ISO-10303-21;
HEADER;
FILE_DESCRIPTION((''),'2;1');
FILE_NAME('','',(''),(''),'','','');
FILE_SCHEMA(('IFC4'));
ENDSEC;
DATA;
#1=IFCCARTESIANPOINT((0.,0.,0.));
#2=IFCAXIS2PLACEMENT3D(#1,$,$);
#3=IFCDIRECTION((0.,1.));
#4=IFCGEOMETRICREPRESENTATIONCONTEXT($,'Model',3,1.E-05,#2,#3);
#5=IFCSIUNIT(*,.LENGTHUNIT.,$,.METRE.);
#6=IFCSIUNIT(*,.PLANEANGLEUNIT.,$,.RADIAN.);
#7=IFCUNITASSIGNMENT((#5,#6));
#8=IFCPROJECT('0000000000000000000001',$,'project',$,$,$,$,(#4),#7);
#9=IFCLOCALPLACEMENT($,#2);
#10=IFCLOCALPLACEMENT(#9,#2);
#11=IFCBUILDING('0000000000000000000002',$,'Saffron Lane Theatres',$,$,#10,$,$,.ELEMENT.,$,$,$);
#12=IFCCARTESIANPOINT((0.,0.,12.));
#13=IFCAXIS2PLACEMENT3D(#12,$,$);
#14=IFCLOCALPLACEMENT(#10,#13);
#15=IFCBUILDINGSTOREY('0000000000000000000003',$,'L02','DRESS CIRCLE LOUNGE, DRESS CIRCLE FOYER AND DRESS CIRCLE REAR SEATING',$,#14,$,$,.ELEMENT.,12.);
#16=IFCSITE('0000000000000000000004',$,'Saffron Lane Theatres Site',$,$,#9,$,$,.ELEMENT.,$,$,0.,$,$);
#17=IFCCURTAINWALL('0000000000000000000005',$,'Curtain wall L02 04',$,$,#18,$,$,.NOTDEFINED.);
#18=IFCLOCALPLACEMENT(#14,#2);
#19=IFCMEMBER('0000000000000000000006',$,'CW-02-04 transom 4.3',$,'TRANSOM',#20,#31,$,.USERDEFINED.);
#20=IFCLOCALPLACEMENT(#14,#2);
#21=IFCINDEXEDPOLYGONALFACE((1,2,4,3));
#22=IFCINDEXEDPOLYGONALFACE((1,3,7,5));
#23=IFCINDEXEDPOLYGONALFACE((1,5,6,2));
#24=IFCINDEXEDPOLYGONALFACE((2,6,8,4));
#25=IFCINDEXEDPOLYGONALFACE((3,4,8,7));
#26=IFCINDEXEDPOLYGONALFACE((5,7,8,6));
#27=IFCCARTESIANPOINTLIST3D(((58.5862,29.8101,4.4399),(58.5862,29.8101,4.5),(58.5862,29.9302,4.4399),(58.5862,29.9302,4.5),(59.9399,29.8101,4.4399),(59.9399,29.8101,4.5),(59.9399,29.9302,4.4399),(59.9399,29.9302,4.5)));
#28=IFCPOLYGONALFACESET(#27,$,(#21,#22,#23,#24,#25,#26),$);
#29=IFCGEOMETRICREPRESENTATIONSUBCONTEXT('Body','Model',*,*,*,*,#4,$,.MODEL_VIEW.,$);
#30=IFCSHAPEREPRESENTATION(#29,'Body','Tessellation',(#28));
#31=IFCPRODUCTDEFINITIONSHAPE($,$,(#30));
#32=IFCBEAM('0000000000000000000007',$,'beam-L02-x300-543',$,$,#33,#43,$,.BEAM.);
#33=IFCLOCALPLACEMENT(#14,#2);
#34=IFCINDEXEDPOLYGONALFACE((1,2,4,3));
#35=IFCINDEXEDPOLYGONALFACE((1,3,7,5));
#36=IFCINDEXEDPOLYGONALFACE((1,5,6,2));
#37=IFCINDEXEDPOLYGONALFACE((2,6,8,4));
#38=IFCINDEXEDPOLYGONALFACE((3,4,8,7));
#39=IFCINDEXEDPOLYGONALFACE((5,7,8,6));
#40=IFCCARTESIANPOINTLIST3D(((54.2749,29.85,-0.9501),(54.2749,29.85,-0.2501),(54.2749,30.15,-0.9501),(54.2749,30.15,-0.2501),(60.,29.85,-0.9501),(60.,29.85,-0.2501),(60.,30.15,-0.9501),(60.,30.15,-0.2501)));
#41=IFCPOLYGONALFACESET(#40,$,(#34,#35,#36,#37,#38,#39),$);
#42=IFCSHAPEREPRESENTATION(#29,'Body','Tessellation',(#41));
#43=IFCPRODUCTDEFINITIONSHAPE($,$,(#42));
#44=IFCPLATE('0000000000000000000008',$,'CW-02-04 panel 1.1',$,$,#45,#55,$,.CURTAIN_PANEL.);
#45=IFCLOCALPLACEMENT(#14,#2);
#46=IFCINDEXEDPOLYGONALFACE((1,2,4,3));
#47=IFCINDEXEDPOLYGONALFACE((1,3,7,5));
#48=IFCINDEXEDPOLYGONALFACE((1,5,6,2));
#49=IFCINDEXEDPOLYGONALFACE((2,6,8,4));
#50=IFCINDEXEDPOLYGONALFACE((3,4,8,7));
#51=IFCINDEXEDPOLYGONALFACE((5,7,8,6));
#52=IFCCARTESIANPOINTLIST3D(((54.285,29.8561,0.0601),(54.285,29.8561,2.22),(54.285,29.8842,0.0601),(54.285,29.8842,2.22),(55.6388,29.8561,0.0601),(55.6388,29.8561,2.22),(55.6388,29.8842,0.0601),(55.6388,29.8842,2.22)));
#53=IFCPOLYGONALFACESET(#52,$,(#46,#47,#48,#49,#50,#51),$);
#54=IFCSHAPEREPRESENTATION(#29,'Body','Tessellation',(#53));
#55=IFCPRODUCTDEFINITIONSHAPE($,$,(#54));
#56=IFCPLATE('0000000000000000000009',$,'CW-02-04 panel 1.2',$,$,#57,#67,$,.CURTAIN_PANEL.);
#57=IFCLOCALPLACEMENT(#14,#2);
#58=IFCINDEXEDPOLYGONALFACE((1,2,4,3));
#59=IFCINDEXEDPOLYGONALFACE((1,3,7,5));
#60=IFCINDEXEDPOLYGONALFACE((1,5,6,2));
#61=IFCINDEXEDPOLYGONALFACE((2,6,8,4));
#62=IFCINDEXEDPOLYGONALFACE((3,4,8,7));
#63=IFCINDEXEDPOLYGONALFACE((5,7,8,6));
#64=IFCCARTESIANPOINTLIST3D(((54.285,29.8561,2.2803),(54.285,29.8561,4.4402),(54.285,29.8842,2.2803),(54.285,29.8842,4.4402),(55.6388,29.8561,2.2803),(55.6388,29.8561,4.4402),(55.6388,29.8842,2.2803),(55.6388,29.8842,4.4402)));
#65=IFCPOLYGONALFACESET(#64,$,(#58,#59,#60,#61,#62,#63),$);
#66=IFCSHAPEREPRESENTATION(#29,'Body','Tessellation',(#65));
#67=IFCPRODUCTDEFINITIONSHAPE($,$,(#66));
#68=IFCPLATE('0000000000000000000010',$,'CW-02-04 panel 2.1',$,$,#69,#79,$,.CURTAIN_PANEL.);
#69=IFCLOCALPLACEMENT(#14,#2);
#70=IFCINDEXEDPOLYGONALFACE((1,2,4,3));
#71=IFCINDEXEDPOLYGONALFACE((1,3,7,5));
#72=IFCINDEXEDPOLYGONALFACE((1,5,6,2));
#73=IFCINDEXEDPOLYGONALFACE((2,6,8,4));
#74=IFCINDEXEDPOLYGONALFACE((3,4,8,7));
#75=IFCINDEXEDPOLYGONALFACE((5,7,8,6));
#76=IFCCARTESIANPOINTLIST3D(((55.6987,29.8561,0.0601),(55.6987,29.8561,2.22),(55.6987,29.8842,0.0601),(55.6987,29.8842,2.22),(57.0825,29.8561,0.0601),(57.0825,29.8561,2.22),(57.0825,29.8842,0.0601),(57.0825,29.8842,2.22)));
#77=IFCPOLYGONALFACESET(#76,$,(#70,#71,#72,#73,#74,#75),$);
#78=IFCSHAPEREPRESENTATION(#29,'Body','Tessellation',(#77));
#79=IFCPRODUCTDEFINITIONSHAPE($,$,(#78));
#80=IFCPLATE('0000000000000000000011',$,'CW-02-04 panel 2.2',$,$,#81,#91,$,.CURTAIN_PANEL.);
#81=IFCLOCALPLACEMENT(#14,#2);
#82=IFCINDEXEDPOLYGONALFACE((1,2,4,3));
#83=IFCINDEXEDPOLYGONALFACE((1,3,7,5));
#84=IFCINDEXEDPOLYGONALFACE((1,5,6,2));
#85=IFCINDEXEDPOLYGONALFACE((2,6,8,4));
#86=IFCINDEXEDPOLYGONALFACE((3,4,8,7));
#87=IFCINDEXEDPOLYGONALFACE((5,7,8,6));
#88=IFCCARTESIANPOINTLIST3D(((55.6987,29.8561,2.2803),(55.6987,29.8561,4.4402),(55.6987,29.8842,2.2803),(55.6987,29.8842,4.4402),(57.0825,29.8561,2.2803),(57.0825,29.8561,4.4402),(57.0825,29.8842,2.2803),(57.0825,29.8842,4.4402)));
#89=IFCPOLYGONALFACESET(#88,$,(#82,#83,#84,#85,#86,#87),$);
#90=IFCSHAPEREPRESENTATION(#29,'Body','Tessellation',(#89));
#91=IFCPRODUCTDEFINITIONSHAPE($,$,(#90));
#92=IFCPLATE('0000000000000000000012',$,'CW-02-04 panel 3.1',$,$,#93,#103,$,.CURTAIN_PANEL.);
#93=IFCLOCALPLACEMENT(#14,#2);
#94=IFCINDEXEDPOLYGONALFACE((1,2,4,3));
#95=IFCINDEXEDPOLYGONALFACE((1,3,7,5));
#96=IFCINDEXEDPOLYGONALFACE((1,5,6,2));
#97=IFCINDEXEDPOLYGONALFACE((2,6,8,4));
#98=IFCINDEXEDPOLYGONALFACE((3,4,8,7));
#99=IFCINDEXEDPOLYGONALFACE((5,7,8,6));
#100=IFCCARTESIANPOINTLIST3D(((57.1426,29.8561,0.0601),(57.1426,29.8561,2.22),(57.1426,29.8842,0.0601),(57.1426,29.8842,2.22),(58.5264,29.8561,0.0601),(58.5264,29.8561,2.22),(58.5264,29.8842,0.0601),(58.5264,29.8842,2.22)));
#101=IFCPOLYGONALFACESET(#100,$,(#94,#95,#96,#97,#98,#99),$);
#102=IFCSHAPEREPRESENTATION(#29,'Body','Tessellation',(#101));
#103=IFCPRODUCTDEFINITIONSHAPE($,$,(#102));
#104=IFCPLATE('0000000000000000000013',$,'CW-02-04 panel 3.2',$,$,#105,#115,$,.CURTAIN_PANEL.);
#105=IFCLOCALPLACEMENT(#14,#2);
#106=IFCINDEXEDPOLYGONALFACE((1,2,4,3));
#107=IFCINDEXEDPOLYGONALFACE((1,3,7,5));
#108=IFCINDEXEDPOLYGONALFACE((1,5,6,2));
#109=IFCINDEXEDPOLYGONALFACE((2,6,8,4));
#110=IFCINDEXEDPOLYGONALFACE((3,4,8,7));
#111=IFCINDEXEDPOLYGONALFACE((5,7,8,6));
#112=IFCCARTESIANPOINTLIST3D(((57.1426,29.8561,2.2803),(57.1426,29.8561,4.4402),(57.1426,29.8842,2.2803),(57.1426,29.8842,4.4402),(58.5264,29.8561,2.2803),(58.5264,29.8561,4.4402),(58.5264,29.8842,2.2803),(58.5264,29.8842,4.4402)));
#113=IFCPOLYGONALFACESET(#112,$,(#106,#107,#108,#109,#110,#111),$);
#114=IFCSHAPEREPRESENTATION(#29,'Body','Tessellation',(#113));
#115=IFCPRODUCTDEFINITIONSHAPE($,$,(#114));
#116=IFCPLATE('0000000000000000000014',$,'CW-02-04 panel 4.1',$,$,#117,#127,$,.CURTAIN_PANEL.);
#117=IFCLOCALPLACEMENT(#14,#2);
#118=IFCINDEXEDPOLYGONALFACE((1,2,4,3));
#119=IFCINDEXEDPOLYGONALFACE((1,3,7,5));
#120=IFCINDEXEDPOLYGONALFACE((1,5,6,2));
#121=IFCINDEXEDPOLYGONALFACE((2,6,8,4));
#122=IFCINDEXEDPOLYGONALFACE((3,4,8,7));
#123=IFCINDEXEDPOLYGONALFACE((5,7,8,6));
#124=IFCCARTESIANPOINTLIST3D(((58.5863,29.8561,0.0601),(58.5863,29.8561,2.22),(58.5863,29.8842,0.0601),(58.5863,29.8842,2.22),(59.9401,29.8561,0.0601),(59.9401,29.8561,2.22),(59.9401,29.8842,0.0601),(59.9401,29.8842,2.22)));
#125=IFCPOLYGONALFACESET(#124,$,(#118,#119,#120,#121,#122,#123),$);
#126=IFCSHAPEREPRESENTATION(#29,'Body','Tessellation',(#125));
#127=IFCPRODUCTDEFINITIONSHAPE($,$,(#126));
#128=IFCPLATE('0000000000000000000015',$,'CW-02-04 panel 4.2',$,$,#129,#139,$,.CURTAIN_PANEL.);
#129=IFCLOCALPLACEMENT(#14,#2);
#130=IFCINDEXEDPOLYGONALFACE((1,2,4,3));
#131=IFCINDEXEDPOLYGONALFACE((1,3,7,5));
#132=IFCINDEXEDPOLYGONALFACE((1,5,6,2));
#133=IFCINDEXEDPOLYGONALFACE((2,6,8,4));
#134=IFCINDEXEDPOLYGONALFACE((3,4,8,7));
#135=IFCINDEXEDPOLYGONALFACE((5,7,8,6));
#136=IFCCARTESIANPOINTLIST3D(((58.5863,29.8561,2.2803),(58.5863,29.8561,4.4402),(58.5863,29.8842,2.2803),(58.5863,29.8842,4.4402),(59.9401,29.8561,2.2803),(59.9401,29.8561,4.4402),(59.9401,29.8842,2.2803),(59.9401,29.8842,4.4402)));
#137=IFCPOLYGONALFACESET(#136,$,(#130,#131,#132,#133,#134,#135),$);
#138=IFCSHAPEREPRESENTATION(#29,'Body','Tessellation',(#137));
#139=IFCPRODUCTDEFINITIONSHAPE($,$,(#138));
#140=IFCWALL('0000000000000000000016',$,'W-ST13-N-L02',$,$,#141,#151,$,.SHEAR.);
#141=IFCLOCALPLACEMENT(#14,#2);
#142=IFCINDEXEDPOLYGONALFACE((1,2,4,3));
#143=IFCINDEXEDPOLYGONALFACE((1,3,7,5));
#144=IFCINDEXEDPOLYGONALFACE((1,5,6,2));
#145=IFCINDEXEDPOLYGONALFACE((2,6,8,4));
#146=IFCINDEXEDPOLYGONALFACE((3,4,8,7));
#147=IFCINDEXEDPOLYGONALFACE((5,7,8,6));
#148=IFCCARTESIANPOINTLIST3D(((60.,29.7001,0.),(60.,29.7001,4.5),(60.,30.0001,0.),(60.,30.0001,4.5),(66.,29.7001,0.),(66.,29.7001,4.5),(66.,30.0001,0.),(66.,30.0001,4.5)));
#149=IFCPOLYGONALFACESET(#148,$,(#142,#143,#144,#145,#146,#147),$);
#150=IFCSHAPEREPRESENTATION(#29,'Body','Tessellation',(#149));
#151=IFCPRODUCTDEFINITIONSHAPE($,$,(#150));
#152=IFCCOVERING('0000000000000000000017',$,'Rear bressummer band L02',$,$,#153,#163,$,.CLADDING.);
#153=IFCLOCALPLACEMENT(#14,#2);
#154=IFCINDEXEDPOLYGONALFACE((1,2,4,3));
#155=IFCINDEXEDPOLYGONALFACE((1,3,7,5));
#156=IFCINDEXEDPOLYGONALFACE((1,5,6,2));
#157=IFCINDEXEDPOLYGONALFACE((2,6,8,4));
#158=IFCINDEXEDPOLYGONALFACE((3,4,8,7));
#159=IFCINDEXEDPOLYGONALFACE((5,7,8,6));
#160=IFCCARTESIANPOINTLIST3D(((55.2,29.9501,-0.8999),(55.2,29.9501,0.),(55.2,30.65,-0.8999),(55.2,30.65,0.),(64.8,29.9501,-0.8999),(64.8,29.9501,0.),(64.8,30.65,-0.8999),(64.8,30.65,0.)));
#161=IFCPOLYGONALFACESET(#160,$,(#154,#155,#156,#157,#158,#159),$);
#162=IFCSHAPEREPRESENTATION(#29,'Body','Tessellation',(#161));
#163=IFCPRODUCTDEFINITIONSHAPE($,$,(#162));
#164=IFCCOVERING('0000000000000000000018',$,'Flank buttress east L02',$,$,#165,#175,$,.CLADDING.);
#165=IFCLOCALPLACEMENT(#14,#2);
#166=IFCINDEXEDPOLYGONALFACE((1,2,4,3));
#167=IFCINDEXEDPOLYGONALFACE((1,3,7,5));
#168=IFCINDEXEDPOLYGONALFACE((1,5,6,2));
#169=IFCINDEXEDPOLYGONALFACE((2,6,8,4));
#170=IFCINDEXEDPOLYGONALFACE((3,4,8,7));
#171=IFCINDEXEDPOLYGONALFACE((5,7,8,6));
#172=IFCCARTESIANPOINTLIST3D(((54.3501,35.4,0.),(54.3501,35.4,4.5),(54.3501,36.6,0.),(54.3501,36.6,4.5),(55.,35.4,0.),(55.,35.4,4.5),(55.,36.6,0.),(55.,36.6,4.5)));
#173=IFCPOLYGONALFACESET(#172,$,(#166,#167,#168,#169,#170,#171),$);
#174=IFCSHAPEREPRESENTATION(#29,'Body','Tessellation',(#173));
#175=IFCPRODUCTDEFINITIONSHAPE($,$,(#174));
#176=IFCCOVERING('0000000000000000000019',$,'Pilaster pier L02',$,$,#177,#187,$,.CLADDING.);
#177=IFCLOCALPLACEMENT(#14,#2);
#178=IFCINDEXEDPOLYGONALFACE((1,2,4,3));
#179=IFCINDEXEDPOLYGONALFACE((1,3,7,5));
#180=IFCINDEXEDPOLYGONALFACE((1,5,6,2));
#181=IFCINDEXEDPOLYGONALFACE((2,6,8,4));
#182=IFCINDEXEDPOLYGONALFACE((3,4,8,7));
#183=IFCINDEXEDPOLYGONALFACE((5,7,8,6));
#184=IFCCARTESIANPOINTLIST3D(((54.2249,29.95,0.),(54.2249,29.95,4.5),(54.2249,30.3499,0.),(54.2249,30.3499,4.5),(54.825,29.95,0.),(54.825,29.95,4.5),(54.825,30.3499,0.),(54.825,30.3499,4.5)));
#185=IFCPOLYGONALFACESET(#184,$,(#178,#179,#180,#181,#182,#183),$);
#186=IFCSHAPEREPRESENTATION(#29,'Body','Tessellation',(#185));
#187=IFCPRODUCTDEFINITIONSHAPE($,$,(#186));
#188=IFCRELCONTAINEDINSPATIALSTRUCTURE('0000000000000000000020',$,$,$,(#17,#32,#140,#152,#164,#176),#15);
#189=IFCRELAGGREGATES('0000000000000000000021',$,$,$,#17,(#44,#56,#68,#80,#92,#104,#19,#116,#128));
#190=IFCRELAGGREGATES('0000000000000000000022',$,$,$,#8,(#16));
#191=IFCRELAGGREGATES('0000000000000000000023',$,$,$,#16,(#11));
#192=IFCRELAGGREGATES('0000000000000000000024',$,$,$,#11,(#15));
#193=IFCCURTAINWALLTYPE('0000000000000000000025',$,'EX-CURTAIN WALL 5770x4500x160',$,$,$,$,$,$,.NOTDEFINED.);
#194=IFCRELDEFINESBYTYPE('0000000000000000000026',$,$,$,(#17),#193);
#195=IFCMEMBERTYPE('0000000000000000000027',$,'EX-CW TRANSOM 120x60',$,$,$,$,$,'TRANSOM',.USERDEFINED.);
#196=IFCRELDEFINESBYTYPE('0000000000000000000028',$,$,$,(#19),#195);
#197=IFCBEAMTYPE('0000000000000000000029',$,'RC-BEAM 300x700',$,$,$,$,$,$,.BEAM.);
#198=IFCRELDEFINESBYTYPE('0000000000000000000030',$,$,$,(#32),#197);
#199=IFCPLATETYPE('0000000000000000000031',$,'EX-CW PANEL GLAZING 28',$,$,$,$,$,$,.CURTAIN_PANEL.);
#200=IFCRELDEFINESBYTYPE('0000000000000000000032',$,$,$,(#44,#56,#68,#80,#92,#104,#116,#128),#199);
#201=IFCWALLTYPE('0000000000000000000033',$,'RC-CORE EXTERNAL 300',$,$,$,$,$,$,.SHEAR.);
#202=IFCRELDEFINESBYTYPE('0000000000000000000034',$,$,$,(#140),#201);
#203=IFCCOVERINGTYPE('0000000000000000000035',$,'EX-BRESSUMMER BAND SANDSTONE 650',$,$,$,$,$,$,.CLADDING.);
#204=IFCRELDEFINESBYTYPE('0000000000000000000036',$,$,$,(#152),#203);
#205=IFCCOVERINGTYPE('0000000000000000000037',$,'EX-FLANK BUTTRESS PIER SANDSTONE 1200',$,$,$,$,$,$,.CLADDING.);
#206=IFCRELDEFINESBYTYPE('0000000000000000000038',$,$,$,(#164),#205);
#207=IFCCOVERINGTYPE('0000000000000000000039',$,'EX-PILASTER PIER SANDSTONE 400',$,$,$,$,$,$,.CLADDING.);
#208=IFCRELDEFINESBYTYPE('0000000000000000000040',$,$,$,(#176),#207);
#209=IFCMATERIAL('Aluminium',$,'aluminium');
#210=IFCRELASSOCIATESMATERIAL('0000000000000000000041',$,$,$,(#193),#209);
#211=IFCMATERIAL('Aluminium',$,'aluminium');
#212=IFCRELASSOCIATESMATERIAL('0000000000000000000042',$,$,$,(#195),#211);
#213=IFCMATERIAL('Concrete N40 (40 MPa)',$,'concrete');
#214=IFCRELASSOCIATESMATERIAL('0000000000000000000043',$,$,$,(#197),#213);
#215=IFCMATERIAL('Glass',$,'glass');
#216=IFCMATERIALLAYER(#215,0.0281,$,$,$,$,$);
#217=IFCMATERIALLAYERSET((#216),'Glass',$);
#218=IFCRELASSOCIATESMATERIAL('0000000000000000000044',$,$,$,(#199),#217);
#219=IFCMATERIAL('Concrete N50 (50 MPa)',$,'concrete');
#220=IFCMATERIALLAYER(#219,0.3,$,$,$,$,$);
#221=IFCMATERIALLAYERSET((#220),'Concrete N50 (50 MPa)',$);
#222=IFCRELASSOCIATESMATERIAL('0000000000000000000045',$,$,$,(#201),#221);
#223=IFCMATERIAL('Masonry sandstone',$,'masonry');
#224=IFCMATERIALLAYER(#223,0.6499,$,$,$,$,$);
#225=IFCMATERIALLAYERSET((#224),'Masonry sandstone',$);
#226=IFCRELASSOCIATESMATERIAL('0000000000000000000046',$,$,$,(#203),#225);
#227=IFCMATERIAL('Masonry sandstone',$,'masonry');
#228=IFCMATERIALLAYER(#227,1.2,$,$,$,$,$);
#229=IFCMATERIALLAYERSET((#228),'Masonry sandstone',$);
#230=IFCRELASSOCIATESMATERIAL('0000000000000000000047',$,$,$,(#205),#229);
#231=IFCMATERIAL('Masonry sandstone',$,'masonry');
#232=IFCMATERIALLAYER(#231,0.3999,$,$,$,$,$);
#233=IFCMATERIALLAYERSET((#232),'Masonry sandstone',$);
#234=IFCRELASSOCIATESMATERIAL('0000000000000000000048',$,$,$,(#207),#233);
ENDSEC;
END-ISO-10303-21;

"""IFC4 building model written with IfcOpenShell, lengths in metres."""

from ifc_helpers import new_model, si_unit, direction, frame, frame_2d, origin, origin_2d, place, context, subcontext, project, spatial, rectangle, extrude, material, layer, layer_set, material_profile, profile_set, type_object, element, aggregate, save


model = new_model("IFC4")

# Units and contexts
model_context = context("Model", 3, precision=1e-05, world=origin(), true_north=direction((0.0, 1.0)))
body_context = subcontext(model_context, "Body", "Model", "MODEL_VIEW")
ifc_project = project(units=[si_unit("LENGTHUNIT", "METRE"), si_unit("PLANEANGLEUNIT", "RADIAN")], contexts=[model_context])

# Site, building, storey
site_placement = place(None, origin())
site = spatial("IfcSite", under=ifc_project, at=site_placement, Name="Saffron Lane Theatres Site", CompositionType="ELEMENT", RefElevation=0.0)
building_placement = place(site_placement, origin())
building = spatial("IfcBuilding", under=site, at=building_placement, Name="Saffron Lane Theatres", CompositionType="ELEMENT")
storey_placement = place(building_placement, frame((0.0, 0.0, 12.0)))
storey = spatial("IfcBuildingStorey", under=building, at=storey_placement, Name="L02", Description="DRESS CIRCLE LOUNGE, DRESS CIRCLE FOYER AND DRESS CIRCLE REAR SEATING", CompositionType="ELEMENT", Elevation=12.0)

# Curtain wall, member
ifc_material_1 = material(Name="Aluminium", Category="aluminium")
curtain_wall_type = type_object("IfcCurtainWallType", Name="EX-CURTAIN WALL 5770x4500x160", PredefinedType="NOTDEFINED", material=ifc_material_1)
curtain_wall_placement = place(storey_placement, origin())
curtain_wall = element("IfcCurtainWall", 1, at=curtain_wall_placement, inside=storey, type_object=curtain_wall_type, Name="Curtain wall L02 04", PredefinedType="NOTDEFINED")
ifc_material_2 = material(Name="Aluminium", Category="aluminium")
ifc_material_profile_1 = material_profile(ifc_material_2, rectangle(XDim=0.1201, YDim=0.0601, at=origin_2d()))
ifc_profile_set_1 = profile_set([ifc_material_profile_1], Name="Aluminium")
member_type_1 = type_object("IfcMemberType", Name="EX-CW TRANSOM 120x60", ElementType="TRANSOM", PredefinedType="USERDEFINED", material=ifc_profile_set_1)
member_1_placement = place(storey_placement, frame((58.5862, 29.8701, 4.47), z_axis=(1.0, 0.0, 0.0), x_axis=(0.0, 1.0, 0.0)))
member_1 = element("IfcMember", 2, at=member_1_placement, type_object=member_type_1, Name="CW-02-04 transom 4.3", ObjectType="TRANSOM", PredefinedType="USERDEFINED", context=body_context, shape_type="SweptSolid", body=[
    extrude(rectangle(XDim=0.1201, YDim=0.0601, at=origin_2d()), origin(), (0.0, 0.0, 1.0), 1.3538),
])

# Beam
ifc_material_3 = material(Name="Concrete N40 (40 MPa)", Category="concrete")
ifc_material_profile_2 = material_profile(ifc_material_3, rectangle(XDim=0.3, YDim=0.7, at=origin_2d()))
ifc_profile_set_2 = profile_set([ifc_material_profile_2], Name="Concrete N40 (40 MPa)")
beam_type = type_object("IfcBeamType", Name="RC-BEAM 300x700", PredefinedType="BEAM", material=ifc_profile_set_2)
beam_placement = place(storey_placement, frame((54.2749, 30.0, -0.6001), z_axis=(1.0, 0.0, 0.0), x_axis=(0.0, 1.0, 0.0)))
element("IfcBeam", 3, at=beam_placement, inside=storey, type_object=beam_type, Name="beam-L02-x300-543", PredefinedType="BEAM", context=body_context, shape_type="SweptSolid", body=[
    extrude(rectangle(XDim=0.3, YDim=0.7, at=origin_2d()), origin(), (0.0, 0.0, 1.0), 5.7251),
])

# Plates
ifc_material_4 = material(Name="Glass", Category="glass")
ifc_layer_1 = layer(ifc_material_4, 0.0281)
ifc_layer_set_1 = layer_set([ifc_layer_1], Name="Glass")
plate_type = type_object("IfcPlateType", Name="EX-CW PANEL GLAZING 28", PredefinedType="CURTAIN_PANEL", material=ifc_layer_set_1)
plate_1_placement = place(storey_placement, frame((54.9619, 29.8701, 0.0601), z_axis=(0.0, 0.0, 1.0), x_axis=(1.0, 0.0, 0.0)))
plate_1 = element("IfcPlate", 4, at=plate_1_placement, type_object=plate_type, Name="CW-02-04 panel 1.1", PredefinedType="CURTAIN_PANEL", context=body_context, shape_type="SweptSolid", body=[
    extrude(rectangle(XDim=1.3538, YDim=0.0281, at=origin_2d()), origin(), (0.0, 0.0, 1.0), 2.1599),
])
plate_2_placement = place(storey_placement, frame((54.9619, 29.8701, 2.2803), z_axis=(0.0, 0.0, 1.0), x_axis=(1.0, 0.0, 0.0)))
plate_2 = element("IfcPlate", 5, at=plate_2_placement, type_object=plate_type, Name="CW-02-04 panel 1.2", PredefinedType="CURTAIN_PANEL", context=body_context, shape_type="SweptSolid", body=[
    extrude(rectangle(XDim=1.3538, YDim=0.0281, at=origin_2d()), origin(), (0.0, 0.0, 1.0), 2.1599),
])
plate_3_placement = place(storey_placement, frame((56.3906, 29.8701, 0.0601), z_axis=(0.0, 0.0, 1.0), x_axis=(1.0, 0.0, 0.0)))
plate_3 = element("IfcPlate", 6, at=plate_3_placement, type_object=plate_type, Name="CW-02-04 panel 2.1", PredefinedType="CURTAIN_PANEL", context=body_context, shape_type="SweptSolid", body=[
    extrude(rectangle(XDim=1.3838, YDim=0.0281, at=origin_2d()), origin(), (0.0, 0.0, 1.0), 2.1599),
])
plate_4_placement = place(storey_placement, frame((56.3906, 29.8701, 2.2803), z_axis=(0.0, 0.0, 1.0), x_axis=(1.0, 0.0, 0.0)))
plate_4 = element("IfcPlate", 7, at=plate_4_placement, type_object=plate_type, Name="CW-02-04 panel 2.2", PredefinedType="CURTAIN_PANEL", context=body_context, shape_type="SweptSolid", body=[
    extrude(rectangle(XDim=1.3838, YDim=0.0281, at=origin_2d()), origin(), (0.0, 0.0, 1.0), 2.1599),
])
plate_5_placement = place(storey_placement, frame((57.8345, 29.8701, 0.0601), z_axis=(0.0, 0.0, 1.0), x_axis=(1.0, 0.0, 0.0)))
plate_5 = element("IfcPlate", 8, at=plate_5_placement, type_object=plate_type, Name="CW-02-04 panel 3.1", PredefinedType="CURTAIN_PANEL", context=body_context, shape_type="SweptSolid", body=[
    extrude(rectangle(XDim=1.3838, YDim=0.0281, at=origin_2d()), origin(), (0.0, 0.0, 1.0), 2.1599),
])
plate_6_placement = place(storey_placement, frame((57.8345, 29.8701, 2.2803), z_axis=(0.0, 0.0, 1.0), x_axis=(1.0, 0.0, 0.0)))
plate_6 = element("IfcPlate", 9, at=plate_6_placement, type_object=plate_type, Name="CW-02-04 panel 3.2", PredefinedType="CURTAIN_PANEL", context=body_context, shape_type="SweptSolid", body=[
    extrude(rectangle(XDim=1.3838, YDim=0.0281, at=origin_2d()), origin(), (0.0, 0.0, 1.0), 2.1599),
])
plate_7_placement = place(storey_placement, frame((59.2632, 29.8701, 0.0601), z_axis=(0.0, 0.0, 1.0), x_axis=(1.0, 0.0, 0.0)))
plate_7 = element("IfcPlate", 10, at=plate_7_placement, type_object=plate_type, Name="CW-02-04 panel 4.1", PredefinedType="CURTAIN_PANEL", context=body_context, shape_type="SweptSolid", body=[
    extrude(rectangle(XDim=1.3538, YDim=0.0281, at=origin_2d()), origin(), (0.0, 0.0, 1.0), 2.1599),
])
plate_8_placement = place(storey_placement, frame((59.2632, 29.8701, 2.2803), z_axis=(0.0, 0.0, 1.0), x_axis=(1.0, 0.0, 0.0)))
plate_8 = element("IfcPlate", 11, at=plate_8_placement, type_object=plate_type, Name="CW-02-04 panel 4.2", PredefinedType="CURTAIN_PANEL", context=body_context, shape_type="SweptSolid", body=[
    extrude(rectangle(XDim=1.3538, YDim=0.0281, at=origin_2d()), origin(), (0.0, 0.0, 1.0), 2.1599),
])
aggregate(curtain_wall, [plate_1, plate_2, plate_3, plate_4, plate_5, plate_6, member_1, plate_7, plate_8])

# Wall
ifc_material_5 = material(Name="Concrete N50 (50 MPa)", Category="concrete")
ifc_layer_2 = layer(ifc_material_5, 0.3)
ifc_layer_set_2 = layer_set([ifc_layer_2], Name="Concrete N50 (50 MPa)")
wall_type = type_object("IfcWallType", Name="RC-CORE EXTERNAL 300", PredefinedType="SHEAR", material=ifc_layer_set_2)
wall_placement = place(storey_placement, frame((60.0, 29.8501, 0.0), z_axis=(0.0, 0.0, 1.0), x_axis=(1.0, 0.0, 0.0)))
element("IfcWall", 12, at=wall_placement, inside=storey, type_object=wall_type, Name="W-ST13-N-L02", PredefinedType="SHEAR", context=body_context, shape_type="SweptSolid", body=[
    extrude(rectangle(XDim=6.0, YDim=0.3, at=frame_2d((3.0, 0.0))), origin(), (0.0, 0.0, 1.0), 4.5),
])

# Coverings
ifc_material_6 = material(Name="Masonry sandstone", Category="masonry")
ifc_layer_3 = layer(ifc_material_6, 0.6499)
ifc_layer_set_3 = layer_set([ifc_layer_3], Name="Masonry sandstone")
covering_type_1 = type_object("IfcCoveringType", Name="EX-BRESSUMMER BAND SANDSTONE 650", PredefinedType="CLADDING", material=ifc_layer_set_3)
covering_1_placement = place(storey_placement, frame((60.0, 30.3, -0.8999), z_axis=(0.0, 0.0, 1.0), x_axis=(1.0, 0.0, 0.0)))
element("IfcCovering", 13, at=covering_1_placement, inside=storey, type_object=covering_type_1, Name="Rear bressummer band L02", PredefinedType="CLADDING", context=body_context, shape_type="SweptSolid", body=[
    extrude(rectangle(XDim=9.6001, YDim=0.7, at=origin_2d()), origin(), (0.0, 0.0, 1.0), 0.8999),
])
ifc_material_7 = material(Name="Masonry sandstone", Category="masonry")
ifc_layer_4 = layer(ifc_material_7, 1.2)
ifc_layer_set_4 = layer_set([ifc_layer_4], Name="Masonry sandstone")
covering_type_2 = type_object("IfcCoveringType", Name="EX-FLANK BUTTRESS PIER SANDSTONE 1200", PredefinedType="CLADDING", material=ifc_layer_set_4)
covering_2_placement = place(storey_placement, frame((54.675, 36.0, 0.0), z_axis=(0.0, 0.0, 1.0), x_axis=(0.0, 1.0, 0.0)))
element("IfcCovering", 14, at=covering_2_placement, inside=storey, type_object=covering_type_2, Name="Flank buttress east L02", PredefinedType="CLADDING", context=body_context, shape_type="SweptSolid", body=[
    extrude(rectangle(XDim=1.2, YDim=0.6499, at=origin_2d()), origin(), (0.0, 0.0, 1.0), 4.5),
])
ifc_material_8 = material(Name="Masonry sandstone", Category="masonry")
ifc_layer_5 = layer(ifc_material_8, 0.3999)
ifc_layer_set_5 = layer_set([ifc_layer_5], Name="Masonry sandstone")
covering_type_3 = type_object("IfcCoveringType", Name="EX-PILASTER PIER SANDSTONE 400", PredefinedType="CLADDING", material=ifc_layer_set_5)
for number, where, z_axis, x_axis, name in (
    (15, (54.5249, 30.1499, 0.0), (0.0, 0.0, 1.0), (1.0, 0.0, 0.0), "Pilaster pier L02"),
):
    element("IfcCovering", number, at=place(storey_placement, frame(where, z_axis=z_axis, x_axis=x_axis)), inside=storey, type_object=covering_type_3, Name=name, PredefinedType="CLADDING", context=body_context, shape_type="SweptSolid", body=[
        extrude(rectangle(XDim=0.6001, YDim=0.3999, at=origin_2d()), origin(), (0.0, 0.0, 1.0), 4.5),
    ])

save(model, "model.ifc")
